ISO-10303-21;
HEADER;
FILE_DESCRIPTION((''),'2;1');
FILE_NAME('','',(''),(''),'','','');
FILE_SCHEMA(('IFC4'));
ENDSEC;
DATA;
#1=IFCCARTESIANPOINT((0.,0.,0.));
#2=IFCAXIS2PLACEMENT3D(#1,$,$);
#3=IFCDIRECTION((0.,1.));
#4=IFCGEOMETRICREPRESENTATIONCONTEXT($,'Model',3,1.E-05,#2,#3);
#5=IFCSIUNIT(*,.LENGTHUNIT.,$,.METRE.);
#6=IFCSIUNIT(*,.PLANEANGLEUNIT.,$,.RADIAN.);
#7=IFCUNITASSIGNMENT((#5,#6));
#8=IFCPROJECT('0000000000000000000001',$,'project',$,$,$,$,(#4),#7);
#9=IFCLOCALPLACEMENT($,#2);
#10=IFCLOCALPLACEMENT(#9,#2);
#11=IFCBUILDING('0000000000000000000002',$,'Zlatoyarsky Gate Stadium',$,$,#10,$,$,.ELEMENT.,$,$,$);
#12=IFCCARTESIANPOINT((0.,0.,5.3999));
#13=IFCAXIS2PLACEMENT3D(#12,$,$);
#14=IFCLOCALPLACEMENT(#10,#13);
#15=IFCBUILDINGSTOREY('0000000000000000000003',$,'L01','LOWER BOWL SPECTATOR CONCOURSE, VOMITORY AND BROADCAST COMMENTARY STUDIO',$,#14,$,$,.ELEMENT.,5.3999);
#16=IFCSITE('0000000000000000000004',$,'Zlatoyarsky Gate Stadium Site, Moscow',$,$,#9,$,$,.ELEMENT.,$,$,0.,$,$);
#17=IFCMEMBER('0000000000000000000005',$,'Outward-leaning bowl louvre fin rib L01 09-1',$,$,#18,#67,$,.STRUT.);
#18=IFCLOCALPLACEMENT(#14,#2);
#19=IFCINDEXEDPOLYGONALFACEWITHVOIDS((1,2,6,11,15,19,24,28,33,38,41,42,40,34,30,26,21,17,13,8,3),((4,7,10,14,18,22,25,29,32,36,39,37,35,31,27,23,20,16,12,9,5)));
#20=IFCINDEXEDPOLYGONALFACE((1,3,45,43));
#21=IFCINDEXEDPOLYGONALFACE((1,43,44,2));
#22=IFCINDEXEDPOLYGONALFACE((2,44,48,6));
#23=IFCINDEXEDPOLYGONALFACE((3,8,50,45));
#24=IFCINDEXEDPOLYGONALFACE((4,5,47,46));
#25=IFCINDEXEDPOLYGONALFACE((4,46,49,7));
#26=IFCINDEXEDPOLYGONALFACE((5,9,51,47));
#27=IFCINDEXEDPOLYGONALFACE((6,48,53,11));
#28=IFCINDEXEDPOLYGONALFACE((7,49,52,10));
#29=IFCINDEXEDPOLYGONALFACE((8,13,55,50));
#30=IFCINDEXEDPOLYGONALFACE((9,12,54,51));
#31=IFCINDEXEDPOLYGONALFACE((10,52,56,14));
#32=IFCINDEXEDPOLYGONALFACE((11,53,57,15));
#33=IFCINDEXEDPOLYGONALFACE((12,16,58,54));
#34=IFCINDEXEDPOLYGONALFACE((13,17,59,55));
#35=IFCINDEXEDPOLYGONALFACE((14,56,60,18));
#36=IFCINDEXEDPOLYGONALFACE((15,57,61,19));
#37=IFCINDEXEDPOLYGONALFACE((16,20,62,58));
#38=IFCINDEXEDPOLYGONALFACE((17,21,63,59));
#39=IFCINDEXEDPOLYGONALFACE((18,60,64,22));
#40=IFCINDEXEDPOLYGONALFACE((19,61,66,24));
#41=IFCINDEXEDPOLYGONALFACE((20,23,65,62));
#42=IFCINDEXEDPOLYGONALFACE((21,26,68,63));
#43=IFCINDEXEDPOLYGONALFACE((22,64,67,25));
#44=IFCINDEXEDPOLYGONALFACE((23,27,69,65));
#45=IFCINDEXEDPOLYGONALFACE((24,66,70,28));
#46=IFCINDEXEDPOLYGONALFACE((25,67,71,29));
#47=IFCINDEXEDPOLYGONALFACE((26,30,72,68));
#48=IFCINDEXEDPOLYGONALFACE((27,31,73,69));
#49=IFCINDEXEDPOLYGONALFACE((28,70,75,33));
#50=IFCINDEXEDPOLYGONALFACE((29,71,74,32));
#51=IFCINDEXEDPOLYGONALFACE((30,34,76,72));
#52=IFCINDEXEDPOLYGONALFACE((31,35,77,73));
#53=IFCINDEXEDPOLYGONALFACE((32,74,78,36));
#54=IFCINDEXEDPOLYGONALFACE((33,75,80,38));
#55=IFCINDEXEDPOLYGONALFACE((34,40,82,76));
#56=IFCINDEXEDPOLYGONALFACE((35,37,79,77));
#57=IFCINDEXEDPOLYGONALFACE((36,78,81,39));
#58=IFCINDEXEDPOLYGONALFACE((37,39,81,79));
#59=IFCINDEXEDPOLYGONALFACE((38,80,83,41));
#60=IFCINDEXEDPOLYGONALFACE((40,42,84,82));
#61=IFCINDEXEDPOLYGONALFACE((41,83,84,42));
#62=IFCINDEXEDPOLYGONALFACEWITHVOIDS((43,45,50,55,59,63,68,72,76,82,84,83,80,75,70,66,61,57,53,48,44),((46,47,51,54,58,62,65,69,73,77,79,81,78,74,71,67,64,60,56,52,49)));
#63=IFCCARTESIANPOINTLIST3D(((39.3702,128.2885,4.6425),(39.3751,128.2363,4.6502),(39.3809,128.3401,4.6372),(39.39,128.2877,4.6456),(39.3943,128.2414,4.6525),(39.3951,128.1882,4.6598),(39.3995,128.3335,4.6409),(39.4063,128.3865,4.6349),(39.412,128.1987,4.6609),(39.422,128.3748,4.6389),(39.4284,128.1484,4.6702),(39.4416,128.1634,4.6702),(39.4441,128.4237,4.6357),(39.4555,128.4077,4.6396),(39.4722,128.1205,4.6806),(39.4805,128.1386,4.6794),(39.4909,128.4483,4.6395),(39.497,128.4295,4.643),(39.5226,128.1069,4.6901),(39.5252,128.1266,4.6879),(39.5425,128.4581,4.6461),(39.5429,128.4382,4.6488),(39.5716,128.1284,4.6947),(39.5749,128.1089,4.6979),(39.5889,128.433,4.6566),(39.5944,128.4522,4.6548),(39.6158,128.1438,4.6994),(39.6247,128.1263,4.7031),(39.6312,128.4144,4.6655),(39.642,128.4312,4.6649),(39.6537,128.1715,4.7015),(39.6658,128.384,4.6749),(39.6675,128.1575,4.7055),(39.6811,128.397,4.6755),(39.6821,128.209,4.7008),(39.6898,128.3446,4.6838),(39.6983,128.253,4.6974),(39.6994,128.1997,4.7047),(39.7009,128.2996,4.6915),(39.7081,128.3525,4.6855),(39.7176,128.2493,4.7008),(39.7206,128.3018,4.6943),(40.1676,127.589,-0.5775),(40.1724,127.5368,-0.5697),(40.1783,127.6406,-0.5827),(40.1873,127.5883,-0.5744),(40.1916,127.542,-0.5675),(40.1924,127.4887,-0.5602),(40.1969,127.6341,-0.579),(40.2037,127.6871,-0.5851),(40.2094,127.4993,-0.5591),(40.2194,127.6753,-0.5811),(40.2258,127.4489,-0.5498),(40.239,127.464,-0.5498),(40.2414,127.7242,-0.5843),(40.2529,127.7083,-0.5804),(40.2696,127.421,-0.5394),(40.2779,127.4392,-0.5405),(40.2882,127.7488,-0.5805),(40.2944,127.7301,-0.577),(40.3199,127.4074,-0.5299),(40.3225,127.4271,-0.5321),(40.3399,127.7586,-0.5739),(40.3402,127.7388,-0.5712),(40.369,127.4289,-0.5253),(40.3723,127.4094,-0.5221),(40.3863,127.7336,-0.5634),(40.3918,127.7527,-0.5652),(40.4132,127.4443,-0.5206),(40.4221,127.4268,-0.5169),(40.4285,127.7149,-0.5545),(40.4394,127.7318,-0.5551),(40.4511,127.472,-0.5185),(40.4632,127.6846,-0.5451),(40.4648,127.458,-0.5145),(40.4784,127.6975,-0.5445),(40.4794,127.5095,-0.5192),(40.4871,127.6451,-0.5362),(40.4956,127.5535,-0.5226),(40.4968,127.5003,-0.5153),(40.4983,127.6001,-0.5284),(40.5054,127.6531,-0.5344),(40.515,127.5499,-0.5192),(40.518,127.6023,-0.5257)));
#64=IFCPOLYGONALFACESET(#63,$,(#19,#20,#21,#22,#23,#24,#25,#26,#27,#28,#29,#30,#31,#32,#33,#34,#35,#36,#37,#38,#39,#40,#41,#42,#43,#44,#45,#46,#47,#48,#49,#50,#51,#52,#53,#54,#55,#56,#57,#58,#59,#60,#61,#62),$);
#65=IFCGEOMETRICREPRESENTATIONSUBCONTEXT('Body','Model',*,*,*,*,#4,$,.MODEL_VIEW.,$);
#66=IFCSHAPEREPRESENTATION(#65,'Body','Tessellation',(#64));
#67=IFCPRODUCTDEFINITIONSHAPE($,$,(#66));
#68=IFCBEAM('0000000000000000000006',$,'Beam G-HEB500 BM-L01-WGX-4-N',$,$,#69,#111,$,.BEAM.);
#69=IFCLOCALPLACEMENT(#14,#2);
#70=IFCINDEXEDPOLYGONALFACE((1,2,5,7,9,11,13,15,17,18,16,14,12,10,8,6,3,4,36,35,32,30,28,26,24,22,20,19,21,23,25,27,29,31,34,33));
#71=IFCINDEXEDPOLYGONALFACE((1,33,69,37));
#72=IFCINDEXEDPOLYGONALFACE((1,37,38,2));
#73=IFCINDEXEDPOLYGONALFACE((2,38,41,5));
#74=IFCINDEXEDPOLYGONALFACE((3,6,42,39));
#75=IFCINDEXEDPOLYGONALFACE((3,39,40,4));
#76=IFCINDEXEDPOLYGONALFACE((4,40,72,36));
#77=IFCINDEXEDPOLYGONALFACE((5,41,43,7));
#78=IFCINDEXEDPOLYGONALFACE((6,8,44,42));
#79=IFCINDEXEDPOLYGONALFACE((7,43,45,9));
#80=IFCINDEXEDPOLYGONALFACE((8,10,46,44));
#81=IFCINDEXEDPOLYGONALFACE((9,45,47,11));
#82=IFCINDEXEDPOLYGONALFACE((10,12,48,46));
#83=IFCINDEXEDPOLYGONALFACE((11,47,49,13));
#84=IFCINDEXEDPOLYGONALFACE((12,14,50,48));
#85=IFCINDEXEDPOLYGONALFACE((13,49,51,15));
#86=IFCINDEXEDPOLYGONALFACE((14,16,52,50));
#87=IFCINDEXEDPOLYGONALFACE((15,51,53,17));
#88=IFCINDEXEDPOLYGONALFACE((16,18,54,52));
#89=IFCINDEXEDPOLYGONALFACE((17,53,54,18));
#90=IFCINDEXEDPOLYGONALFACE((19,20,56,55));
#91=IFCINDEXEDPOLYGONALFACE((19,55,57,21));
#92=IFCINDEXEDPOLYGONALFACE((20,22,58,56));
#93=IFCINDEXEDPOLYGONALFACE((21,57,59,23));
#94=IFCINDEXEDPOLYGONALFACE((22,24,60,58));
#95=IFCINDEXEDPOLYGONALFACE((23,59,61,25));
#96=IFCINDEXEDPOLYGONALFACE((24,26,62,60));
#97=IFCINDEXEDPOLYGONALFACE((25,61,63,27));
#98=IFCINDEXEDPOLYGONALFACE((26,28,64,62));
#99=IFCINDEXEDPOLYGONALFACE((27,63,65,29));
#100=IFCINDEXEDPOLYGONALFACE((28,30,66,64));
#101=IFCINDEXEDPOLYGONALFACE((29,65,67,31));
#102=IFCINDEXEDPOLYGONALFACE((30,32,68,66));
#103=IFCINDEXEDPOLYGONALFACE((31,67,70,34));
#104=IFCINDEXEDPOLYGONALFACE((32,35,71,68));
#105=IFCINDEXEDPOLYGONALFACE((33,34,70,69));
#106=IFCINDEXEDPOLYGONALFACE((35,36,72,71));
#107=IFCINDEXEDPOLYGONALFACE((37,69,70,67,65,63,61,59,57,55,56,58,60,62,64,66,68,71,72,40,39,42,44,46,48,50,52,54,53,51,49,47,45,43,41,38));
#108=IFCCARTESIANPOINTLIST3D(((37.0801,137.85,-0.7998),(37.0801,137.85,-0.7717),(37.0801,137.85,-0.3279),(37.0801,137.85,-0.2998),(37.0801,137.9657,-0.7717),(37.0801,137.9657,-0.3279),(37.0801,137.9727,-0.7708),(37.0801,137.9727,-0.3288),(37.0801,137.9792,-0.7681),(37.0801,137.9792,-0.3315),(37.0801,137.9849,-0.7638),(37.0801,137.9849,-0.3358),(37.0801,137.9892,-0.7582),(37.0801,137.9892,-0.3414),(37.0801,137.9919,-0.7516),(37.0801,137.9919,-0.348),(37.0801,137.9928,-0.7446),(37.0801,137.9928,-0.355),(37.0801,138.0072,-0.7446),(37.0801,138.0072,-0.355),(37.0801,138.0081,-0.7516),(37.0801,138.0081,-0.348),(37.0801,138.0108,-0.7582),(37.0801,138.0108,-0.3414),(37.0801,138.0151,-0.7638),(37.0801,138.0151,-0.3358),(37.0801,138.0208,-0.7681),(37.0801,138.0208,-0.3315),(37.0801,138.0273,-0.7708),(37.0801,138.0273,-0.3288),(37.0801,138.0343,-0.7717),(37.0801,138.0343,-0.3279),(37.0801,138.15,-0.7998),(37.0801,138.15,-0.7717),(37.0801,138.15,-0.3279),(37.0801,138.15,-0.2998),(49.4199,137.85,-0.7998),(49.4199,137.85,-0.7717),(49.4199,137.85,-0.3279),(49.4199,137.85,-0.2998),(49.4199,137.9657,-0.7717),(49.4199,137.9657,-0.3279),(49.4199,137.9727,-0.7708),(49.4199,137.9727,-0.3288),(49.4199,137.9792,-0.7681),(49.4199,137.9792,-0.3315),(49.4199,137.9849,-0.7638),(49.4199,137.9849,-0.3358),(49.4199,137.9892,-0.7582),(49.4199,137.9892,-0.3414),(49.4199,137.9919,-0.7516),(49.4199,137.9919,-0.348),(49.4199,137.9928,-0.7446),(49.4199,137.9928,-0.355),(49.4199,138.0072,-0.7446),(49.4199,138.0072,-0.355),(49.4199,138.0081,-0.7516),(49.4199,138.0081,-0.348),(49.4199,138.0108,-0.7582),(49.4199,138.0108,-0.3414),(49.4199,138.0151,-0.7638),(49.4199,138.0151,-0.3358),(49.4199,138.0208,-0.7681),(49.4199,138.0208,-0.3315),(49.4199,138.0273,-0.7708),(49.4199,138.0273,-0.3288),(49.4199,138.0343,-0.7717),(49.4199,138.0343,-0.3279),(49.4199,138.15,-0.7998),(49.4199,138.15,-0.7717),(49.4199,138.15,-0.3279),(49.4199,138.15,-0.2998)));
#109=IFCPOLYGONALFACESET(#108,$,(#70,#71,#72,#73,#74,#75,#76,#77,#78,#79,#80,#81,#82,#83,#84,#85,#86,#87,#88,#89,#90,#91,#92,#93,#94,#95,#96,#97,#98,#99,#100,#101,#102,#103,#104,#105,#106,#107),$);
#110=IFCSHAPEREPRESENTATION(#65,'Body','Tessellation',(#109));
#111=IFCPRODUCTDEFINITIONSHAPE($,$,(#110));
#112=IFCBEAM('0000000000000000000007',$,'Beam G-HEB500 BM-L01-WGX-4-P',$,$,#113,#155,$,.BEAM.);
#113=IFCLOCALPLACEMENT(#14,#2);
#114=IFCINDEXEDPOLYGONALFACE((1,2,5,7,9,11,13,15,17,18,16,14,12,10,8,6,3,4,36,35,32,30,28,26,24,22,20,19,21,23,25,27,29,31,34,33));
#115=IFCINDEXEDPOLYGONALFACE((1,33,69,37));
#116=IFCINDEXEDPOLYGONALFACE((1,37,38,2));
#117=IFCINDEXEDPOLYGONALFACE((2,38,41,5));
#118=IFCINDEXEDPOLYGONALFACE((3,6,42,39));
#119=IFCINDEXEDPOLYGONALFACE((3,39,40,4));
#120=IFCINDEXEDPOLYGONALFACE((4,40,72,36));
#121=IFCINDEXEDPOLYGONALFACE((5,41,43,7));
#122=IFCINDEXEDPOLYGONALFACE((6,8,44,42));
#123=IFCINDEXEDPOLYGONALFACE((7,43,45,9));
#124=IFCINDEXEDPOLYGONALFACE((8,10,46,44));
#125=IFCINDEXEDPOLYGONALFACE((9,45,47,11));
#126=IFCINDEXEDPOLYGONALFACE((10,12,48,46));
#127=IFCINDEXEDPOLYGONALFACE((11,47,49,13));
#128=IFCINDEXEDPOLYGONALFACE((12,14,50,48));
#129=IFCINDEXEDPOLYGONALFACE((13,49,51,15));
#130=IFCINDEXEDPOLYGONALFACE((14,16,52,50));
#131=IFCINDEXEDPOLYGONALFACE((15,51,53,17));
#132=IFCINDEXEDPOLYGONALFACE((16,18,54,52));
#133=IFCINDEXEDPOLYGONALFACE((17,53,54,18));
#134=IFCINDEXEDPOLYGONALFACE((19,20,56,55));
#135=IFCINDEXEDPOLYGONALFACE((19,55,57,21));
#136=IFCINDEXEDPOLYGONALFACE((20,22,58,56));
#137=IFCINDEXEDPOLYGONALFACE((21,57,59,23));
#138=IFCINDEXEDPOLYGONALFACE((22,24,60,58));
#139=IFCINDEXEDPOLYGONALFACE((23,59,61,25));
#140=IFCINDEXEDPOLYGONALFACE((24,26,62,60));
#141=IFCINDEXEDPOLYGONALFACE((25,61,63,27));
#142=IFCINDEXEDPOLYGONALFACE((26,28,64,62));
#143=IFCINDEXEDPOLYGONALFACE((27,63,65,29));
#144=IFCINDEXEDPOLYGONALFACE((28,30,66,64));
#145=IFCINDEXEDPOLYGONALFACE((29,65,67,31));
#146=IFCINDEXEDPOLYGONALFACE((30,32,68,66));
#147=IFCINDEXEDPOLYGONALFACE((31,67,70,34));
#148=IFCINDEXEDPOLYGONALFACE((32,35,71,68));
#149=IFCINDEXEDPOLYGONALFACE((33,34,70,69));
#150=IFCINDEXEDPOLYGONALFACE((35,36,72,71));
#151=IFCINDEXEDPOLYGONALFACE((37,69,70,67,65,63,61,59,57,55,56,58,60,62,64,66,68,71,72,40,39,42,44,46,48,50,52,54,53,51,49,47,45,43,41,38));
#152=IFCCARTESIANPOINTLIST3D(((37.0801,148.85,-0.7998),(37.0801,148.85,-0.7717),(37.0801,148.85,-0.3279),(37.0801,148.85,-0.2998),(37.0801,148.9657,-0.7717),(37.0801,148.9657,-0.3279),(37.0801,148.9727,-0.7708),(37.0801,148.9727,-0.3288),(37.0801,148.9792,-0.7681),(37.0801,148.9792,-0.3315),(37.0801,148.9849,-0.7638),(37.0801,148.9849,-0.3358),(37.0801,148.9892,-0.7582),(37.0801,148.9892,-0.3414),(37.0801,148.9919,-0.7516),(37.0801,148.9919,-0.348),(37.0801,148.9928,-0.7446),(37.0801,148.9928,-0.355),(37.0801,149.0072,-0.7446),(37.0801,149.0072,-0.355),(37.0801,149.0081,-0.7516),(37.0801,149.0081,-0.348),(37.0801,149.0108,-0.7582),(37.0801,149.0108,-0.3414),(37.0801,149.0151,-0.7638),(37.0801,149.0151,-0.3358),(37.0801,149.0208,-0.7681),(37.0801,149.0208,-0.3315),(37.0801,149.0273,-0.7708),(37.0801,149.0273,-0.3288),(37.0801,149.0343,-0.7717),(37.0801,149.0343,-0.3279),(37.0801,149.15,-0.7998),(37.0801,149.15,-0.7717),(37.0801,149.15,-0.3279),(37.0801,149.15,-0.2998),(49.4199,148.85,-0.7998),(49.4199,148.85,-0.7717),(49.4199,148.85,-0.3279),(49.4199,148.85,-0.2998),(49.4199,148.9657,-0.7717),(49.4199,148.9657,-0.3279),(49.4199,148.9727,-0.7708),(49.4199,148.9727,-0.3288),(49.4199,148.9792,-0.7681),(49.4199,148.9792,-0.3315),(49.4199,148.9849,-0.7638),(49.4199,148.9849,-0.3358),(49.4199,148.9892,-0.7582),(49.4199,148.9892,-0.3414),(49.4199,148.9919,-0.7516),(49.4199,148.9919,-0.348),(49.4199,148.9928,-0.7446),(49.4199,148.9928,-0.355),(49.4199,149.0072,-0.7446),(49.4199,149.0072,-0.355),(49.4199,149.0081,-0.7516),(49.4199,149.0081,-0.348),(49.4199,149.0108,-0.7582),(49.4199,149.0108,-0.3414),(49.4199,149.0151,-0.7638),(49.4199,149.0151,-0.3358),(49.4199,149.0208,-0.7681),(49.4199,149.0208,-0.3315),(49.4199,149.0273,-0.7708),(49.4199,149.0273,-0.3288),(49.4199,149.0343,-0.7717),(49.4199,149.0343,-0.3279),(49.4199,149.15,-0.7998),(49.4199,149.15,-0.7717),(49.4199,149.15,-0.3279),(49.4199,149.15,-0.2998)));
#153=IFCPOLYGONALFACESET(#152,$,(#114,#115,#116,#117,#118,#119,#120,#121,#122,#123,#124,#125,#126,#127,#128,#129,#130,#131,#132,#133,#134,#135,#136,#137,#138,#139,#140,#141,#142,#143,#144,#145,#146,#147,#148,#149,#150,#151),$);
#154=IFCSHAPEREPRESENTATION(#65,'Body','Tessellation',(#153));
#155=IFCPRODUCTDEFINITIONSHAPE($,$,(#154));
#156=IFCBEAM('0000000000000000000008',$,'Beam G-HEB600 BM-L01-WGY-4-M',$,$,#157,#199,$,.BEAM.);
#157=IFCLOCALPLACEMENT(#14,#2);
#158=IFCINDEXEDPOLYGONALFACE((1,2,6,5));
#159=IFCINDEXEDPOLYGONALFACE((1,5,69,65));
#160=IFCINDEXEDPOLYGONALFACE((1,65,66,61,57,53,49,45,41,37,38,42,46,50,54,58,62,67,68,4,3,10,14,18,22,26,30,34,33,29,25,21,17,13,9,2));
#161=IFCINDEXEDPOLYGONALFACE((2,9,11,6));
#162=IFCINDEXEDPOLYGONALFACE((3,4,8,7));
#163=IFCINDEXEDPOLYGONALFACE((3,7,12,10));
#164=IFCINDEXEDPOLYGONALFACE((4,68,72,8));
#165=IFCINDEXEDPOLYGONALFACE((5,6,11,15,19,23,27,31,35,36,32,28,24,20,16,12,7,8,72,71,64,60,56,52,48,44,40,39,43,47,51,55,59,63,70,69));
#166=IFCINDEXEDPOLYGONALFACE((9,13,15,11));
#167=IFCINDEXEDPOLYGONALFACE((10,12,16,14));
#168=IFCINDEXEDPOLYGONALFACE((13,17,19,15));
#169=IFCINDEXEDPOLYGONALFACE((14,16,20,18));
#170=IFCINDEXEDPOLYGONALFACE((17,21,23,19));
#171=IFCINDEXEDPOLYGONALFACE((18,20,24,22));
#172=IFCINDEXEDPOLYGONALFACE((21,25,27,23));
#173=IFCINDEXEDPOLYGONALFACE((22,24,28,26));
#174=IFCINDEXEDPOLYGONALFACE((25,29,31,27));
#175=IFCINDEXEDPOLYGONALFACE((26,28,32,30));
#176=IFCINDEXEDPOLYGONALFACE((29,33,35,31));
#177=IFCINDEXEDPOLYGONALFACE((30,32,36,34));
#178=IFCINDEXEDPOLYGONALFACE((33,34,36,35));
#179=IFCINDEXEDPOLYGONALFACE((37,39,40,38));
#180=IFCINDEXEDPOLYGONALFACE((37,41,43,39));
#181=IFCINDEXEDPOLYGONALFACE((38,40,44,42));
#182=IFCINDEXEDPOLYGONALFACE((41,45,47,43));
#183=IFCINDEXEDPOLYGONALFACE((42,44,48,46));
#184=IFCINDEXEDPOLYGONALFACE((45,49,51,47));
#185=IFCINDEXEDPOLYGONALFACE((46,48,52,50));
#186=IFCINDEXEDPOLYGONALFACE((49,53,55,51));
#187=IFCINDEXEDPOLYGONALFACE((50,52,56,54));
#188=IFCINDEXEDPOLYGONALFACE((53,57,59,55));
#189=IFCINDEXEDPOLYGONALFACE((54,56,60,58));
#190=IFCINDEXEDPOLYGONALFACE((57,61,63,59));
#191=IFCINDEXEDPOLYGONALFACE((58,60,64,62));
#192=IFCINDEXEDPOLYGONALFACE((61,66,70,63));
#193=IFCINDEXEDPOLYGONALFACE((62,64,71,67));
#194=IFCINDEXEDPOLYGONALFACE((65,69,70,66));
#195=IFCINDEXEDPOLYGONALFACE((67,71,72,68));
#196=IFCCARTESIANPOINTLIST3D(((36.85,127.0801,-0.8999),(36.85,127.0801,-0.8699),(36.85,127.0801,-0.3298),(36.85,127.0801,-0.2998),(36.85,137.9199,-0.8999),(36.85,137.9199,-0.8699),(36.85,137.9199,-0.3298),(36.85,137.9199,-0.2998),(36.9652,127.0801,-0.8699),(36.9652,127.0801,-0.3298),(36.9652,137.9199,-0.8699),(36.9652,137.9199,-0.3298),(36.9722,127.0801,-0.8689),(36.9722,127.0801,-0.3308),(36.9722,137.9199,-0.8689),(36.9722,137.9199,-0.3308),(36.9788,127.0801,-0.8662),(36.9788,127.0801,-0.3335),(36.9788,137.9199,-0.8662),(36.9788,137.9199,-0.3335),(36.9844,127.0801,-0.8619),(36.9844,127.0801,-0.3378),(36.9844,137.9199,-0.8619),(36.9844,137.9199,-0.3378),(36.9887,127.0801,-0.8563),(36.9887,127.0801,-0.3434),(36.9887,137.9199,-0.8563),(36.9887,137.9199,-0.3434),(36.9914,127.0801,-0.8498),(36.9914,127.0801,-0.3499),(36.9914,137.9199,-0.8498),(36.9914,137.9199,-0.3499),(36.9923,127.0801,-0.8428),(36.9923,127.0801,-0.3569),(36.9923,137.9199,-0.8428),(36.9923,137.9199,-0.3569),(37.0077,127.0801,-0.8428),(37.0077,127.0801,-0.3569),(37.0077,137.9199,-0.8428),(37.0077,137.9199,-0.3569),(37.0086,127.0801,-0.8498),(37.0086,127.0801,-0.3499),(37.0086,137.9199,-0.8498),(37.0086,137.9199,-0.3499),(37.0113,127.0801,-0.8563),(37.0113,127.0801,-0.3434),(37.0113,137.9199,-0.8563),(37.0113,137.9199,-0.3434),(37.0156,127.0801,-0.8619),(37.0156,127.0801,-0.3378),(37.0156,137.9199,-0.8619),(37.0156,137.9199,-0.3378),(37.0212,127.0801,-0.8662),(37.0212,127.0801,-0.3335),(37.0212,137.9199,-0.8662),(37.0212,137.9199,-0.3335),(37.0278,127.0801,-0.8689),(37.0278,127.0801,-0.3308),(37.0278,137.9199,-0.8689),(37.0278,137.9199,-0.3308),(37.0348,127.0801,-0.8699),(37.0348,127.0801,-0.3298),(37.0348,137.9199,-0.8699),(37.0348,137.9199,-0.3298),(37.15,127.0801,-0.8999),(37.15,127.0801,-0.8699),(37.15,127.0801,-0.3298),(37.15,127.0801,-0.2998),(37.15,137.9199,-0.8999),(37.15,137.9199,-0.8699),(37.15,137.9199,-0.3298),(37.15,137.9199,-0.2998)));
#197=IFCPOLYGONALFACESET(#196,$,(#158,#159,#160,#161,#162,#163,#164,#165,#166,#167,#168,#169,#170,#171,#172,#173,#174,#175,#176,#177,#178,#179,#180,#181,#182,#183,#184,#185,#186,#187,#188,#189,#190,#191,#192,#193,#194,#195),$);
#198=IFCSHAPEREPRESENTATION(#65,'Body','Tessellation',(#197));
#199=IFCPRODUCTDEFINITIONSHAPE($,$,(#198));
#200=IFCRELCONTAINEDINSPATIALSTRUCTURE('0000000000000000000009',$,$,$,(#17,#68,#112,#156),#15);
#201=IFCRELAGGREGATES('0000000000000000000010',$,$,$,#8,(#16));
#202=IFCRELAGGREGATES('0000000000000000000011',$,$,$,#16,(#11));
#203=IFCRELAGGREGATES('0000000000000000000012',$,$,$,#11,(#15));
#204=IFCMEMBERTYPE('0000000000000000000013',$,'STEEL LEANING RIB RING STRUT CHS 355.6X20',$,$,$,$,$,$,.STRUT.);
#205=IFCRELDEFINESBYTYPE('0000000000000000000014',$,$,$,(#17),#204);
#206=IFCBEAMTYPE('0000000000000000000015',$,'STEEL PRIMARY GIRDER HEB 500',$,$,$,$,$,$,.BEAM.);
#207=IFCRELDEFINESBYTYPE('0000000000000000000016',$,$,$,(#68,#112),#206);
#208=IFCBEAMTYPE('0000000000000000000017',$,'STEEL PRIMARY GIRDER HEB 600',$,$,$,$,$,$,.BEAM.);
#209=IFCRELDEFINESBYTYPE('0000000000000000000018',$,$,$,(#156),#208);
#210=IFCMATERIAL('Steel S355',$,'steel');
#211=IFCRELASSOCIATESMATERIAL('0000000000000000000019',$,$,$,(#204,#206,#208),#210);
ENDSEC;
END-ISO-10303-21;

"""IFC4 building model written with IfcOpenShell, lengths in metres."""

from ifc_helpers import new_model, si_unit, direction, frame, origin, origin_2d, place, context, subcontext, project, spatial, hollow_circle, i_section, extrude, material, material_profile, profile_set, type_object, element, save


model = new_model("IFC4")

# Units and contexts
model_context = context("Model", 3, precision=1e-05, world=origin(), true_north=direction((0.0, 1.0)))
body_context = subcontext(model_context, "Body", "Model", "MODEL_VIEW")
ifc_project = project(units=[si_unit("LENGTHUNIT", "METRE"), si_unit("PLANEANGLEUNIT", "RADIAN")], contexts=[model_context])

# Site, building, storey
site_placement = place(None, origin())
site = spatial("IfcSite", under=ifc_project, at=site_placement, Name="Zlatoyarsky Gate Stadium Site, Moscow", CompositionType="ELEMENT", RefElevation=0.0)
building_placement = place(site_placement, origin())
building = spatial("IfcBuilding", under=site, at=building_placement, Name="Zlatoyarsky Gate Stadium", CompositionType="ELEMENT")
storey_placement = place(building_placement, frame((0.0, 0.0, 5.3999)))
storey = spatial("IfcBuildingStorey", under=building, at=storey_placement, Name="L01", Description="LOWER BOWL SPECTATOR CONCOURSE, VOMITORY AND BROADCAST COMMENTARY STUDIO", CompositionType="ELEMENT", Elevation=5.3999)

# Shared definitions
ifc_material_1 = material(Name="Steel S355", Category="steel")

# Member
ifc_material_profile_1 = material_profile(ifc_material_1, hollow_circle(Radius=0.1777, WallThickness=0.02, at=origin_2d()), Name="CHS 355.6X20")
ifc_profile_set_1 = profile_set([ifc_material_profile_1], Name="Steel S355")
member_type_1 = type_object("IfcMemberType", Name="STEEL LEANING RIB RING STRUT CHS 355.6X20", PredefinedType="STRUT", material=ifc_profile_set_1)
member_1_placement = place(storey_placement, frame((40.343, 127.5825, -0.5498), z_axis=(-0.149693, 0.131314, 0.979974), x_axis=(-0.659449, -0.751749, 0.0)))
element("IfcMember", 1, at=member_1_placement, inside=storey, type_object=member_type_1, Name="Outward-leaning bowl louvre fin rib L01 09-1", PredefinedType="STRUT", context=body_context, shape_type="SweptSolid", body=[
    extrude(hollow_circle(Radius=0.1777, WallThickness=0.02, at=origin_2d()), origin(), (0.0, 0.0, 1.0), 5.3267),
])

# Beams
ifc_material_profile_2 = material_profile(ifc_material_1, i_section(OverallWidth=0.3, OverallDepth=0.5, WebThickness=0.0144, FlangeThickness=0.0281, FilletRadius=0.0271, at=origin_2d()), Name="HEB 500")
ifc_profile_set_2 = profile_set([ifc_material_profile_2], Name="Steel S355")
beam_type_1 = type_object("IfcBeamType", Name="STEEL PRIMARY GIRDER HEB 500", PredefinedType="BEAM", material=ifc_profile_set_2)
for number, where, z_axis, x_axis, name in (
    (2, (37.0801, 138.0, -0.5498), (1.0, 0.0, 0.0), (0.0, 1.0, 0.0), "Beam G-HEB500 BM-L01-WGX-4-N"),
    (3, (37.0801, 149.0, -0.5498), (1.0, 0.0, 0.0), (0.0, 1.0, 0.0), "Beam G-HEB500 BM-L01-WGX-4-P"),
):
    element("IfcBeam", number, at=place(storey_placement, frame(where, z_axis=z_axis, x_axis=x_axis)), inside=storey, type_object=beam_type_1, Name=name, PredefinedType="BEAM", context=body_context, shape_type="SweptSolid", body=[
        extrude(i_section(OverallWidth=0.3, OverallDepth=0.5, WebThickness=0.0144, FlangeThickness=0.0281, FilletRadius=0.0271, at=origin_2d()), origin(), (0.0, 0.0, 1.0), 12.3398),
    ])
ifc_material_profile_3 = material_profile(ifc_material_1, i_section(OverallWidth=0.3, OverallDepth=0.6001, WebThickness=0.0154, FlangeThickness=0.03, FilletRadius=0.0271, at=origin_2d()), Name="HEB 600")
ifc_profile_set_3 = profile_set([ifc_material_profile_3], Name="Steel S355")
beam_type_2 = type_object("IfcBeamType", Name="STEEL PRIMARY GIRDER HEB 600", PredefinedType="BEAM", material=ifc_profile_set_3)
for number, where, z_axis, x_axis, name in (
    (4, (37.0, 127.0801, -0.5999), (0.0, 1.0, 0.0), (-1.0, 0.0, 0.0), "Beam G-HEB600 BM-L01-WGY-4-M"),
):
    element("IfcBeam", number, at=place(storey_placement, frame(where, z_axis=z_axis, x_axis=x_axis)), inside=storey, type_object=beam_type_2, Name=name, PredefinedType="BEAM", context=body_context, shape_type="SweptSolid", body=[
        extrude(i_section(OverallWidth=0.3, OverallDepth=0.6001, WebThickness=0.0154, FlangeThickness=0.03, FilletRadius=0.0271, at=origin_2d()), origin(), (0.0, 0.0, 1.0), 10.8398),
    ])

save(model, "model.ifc")
